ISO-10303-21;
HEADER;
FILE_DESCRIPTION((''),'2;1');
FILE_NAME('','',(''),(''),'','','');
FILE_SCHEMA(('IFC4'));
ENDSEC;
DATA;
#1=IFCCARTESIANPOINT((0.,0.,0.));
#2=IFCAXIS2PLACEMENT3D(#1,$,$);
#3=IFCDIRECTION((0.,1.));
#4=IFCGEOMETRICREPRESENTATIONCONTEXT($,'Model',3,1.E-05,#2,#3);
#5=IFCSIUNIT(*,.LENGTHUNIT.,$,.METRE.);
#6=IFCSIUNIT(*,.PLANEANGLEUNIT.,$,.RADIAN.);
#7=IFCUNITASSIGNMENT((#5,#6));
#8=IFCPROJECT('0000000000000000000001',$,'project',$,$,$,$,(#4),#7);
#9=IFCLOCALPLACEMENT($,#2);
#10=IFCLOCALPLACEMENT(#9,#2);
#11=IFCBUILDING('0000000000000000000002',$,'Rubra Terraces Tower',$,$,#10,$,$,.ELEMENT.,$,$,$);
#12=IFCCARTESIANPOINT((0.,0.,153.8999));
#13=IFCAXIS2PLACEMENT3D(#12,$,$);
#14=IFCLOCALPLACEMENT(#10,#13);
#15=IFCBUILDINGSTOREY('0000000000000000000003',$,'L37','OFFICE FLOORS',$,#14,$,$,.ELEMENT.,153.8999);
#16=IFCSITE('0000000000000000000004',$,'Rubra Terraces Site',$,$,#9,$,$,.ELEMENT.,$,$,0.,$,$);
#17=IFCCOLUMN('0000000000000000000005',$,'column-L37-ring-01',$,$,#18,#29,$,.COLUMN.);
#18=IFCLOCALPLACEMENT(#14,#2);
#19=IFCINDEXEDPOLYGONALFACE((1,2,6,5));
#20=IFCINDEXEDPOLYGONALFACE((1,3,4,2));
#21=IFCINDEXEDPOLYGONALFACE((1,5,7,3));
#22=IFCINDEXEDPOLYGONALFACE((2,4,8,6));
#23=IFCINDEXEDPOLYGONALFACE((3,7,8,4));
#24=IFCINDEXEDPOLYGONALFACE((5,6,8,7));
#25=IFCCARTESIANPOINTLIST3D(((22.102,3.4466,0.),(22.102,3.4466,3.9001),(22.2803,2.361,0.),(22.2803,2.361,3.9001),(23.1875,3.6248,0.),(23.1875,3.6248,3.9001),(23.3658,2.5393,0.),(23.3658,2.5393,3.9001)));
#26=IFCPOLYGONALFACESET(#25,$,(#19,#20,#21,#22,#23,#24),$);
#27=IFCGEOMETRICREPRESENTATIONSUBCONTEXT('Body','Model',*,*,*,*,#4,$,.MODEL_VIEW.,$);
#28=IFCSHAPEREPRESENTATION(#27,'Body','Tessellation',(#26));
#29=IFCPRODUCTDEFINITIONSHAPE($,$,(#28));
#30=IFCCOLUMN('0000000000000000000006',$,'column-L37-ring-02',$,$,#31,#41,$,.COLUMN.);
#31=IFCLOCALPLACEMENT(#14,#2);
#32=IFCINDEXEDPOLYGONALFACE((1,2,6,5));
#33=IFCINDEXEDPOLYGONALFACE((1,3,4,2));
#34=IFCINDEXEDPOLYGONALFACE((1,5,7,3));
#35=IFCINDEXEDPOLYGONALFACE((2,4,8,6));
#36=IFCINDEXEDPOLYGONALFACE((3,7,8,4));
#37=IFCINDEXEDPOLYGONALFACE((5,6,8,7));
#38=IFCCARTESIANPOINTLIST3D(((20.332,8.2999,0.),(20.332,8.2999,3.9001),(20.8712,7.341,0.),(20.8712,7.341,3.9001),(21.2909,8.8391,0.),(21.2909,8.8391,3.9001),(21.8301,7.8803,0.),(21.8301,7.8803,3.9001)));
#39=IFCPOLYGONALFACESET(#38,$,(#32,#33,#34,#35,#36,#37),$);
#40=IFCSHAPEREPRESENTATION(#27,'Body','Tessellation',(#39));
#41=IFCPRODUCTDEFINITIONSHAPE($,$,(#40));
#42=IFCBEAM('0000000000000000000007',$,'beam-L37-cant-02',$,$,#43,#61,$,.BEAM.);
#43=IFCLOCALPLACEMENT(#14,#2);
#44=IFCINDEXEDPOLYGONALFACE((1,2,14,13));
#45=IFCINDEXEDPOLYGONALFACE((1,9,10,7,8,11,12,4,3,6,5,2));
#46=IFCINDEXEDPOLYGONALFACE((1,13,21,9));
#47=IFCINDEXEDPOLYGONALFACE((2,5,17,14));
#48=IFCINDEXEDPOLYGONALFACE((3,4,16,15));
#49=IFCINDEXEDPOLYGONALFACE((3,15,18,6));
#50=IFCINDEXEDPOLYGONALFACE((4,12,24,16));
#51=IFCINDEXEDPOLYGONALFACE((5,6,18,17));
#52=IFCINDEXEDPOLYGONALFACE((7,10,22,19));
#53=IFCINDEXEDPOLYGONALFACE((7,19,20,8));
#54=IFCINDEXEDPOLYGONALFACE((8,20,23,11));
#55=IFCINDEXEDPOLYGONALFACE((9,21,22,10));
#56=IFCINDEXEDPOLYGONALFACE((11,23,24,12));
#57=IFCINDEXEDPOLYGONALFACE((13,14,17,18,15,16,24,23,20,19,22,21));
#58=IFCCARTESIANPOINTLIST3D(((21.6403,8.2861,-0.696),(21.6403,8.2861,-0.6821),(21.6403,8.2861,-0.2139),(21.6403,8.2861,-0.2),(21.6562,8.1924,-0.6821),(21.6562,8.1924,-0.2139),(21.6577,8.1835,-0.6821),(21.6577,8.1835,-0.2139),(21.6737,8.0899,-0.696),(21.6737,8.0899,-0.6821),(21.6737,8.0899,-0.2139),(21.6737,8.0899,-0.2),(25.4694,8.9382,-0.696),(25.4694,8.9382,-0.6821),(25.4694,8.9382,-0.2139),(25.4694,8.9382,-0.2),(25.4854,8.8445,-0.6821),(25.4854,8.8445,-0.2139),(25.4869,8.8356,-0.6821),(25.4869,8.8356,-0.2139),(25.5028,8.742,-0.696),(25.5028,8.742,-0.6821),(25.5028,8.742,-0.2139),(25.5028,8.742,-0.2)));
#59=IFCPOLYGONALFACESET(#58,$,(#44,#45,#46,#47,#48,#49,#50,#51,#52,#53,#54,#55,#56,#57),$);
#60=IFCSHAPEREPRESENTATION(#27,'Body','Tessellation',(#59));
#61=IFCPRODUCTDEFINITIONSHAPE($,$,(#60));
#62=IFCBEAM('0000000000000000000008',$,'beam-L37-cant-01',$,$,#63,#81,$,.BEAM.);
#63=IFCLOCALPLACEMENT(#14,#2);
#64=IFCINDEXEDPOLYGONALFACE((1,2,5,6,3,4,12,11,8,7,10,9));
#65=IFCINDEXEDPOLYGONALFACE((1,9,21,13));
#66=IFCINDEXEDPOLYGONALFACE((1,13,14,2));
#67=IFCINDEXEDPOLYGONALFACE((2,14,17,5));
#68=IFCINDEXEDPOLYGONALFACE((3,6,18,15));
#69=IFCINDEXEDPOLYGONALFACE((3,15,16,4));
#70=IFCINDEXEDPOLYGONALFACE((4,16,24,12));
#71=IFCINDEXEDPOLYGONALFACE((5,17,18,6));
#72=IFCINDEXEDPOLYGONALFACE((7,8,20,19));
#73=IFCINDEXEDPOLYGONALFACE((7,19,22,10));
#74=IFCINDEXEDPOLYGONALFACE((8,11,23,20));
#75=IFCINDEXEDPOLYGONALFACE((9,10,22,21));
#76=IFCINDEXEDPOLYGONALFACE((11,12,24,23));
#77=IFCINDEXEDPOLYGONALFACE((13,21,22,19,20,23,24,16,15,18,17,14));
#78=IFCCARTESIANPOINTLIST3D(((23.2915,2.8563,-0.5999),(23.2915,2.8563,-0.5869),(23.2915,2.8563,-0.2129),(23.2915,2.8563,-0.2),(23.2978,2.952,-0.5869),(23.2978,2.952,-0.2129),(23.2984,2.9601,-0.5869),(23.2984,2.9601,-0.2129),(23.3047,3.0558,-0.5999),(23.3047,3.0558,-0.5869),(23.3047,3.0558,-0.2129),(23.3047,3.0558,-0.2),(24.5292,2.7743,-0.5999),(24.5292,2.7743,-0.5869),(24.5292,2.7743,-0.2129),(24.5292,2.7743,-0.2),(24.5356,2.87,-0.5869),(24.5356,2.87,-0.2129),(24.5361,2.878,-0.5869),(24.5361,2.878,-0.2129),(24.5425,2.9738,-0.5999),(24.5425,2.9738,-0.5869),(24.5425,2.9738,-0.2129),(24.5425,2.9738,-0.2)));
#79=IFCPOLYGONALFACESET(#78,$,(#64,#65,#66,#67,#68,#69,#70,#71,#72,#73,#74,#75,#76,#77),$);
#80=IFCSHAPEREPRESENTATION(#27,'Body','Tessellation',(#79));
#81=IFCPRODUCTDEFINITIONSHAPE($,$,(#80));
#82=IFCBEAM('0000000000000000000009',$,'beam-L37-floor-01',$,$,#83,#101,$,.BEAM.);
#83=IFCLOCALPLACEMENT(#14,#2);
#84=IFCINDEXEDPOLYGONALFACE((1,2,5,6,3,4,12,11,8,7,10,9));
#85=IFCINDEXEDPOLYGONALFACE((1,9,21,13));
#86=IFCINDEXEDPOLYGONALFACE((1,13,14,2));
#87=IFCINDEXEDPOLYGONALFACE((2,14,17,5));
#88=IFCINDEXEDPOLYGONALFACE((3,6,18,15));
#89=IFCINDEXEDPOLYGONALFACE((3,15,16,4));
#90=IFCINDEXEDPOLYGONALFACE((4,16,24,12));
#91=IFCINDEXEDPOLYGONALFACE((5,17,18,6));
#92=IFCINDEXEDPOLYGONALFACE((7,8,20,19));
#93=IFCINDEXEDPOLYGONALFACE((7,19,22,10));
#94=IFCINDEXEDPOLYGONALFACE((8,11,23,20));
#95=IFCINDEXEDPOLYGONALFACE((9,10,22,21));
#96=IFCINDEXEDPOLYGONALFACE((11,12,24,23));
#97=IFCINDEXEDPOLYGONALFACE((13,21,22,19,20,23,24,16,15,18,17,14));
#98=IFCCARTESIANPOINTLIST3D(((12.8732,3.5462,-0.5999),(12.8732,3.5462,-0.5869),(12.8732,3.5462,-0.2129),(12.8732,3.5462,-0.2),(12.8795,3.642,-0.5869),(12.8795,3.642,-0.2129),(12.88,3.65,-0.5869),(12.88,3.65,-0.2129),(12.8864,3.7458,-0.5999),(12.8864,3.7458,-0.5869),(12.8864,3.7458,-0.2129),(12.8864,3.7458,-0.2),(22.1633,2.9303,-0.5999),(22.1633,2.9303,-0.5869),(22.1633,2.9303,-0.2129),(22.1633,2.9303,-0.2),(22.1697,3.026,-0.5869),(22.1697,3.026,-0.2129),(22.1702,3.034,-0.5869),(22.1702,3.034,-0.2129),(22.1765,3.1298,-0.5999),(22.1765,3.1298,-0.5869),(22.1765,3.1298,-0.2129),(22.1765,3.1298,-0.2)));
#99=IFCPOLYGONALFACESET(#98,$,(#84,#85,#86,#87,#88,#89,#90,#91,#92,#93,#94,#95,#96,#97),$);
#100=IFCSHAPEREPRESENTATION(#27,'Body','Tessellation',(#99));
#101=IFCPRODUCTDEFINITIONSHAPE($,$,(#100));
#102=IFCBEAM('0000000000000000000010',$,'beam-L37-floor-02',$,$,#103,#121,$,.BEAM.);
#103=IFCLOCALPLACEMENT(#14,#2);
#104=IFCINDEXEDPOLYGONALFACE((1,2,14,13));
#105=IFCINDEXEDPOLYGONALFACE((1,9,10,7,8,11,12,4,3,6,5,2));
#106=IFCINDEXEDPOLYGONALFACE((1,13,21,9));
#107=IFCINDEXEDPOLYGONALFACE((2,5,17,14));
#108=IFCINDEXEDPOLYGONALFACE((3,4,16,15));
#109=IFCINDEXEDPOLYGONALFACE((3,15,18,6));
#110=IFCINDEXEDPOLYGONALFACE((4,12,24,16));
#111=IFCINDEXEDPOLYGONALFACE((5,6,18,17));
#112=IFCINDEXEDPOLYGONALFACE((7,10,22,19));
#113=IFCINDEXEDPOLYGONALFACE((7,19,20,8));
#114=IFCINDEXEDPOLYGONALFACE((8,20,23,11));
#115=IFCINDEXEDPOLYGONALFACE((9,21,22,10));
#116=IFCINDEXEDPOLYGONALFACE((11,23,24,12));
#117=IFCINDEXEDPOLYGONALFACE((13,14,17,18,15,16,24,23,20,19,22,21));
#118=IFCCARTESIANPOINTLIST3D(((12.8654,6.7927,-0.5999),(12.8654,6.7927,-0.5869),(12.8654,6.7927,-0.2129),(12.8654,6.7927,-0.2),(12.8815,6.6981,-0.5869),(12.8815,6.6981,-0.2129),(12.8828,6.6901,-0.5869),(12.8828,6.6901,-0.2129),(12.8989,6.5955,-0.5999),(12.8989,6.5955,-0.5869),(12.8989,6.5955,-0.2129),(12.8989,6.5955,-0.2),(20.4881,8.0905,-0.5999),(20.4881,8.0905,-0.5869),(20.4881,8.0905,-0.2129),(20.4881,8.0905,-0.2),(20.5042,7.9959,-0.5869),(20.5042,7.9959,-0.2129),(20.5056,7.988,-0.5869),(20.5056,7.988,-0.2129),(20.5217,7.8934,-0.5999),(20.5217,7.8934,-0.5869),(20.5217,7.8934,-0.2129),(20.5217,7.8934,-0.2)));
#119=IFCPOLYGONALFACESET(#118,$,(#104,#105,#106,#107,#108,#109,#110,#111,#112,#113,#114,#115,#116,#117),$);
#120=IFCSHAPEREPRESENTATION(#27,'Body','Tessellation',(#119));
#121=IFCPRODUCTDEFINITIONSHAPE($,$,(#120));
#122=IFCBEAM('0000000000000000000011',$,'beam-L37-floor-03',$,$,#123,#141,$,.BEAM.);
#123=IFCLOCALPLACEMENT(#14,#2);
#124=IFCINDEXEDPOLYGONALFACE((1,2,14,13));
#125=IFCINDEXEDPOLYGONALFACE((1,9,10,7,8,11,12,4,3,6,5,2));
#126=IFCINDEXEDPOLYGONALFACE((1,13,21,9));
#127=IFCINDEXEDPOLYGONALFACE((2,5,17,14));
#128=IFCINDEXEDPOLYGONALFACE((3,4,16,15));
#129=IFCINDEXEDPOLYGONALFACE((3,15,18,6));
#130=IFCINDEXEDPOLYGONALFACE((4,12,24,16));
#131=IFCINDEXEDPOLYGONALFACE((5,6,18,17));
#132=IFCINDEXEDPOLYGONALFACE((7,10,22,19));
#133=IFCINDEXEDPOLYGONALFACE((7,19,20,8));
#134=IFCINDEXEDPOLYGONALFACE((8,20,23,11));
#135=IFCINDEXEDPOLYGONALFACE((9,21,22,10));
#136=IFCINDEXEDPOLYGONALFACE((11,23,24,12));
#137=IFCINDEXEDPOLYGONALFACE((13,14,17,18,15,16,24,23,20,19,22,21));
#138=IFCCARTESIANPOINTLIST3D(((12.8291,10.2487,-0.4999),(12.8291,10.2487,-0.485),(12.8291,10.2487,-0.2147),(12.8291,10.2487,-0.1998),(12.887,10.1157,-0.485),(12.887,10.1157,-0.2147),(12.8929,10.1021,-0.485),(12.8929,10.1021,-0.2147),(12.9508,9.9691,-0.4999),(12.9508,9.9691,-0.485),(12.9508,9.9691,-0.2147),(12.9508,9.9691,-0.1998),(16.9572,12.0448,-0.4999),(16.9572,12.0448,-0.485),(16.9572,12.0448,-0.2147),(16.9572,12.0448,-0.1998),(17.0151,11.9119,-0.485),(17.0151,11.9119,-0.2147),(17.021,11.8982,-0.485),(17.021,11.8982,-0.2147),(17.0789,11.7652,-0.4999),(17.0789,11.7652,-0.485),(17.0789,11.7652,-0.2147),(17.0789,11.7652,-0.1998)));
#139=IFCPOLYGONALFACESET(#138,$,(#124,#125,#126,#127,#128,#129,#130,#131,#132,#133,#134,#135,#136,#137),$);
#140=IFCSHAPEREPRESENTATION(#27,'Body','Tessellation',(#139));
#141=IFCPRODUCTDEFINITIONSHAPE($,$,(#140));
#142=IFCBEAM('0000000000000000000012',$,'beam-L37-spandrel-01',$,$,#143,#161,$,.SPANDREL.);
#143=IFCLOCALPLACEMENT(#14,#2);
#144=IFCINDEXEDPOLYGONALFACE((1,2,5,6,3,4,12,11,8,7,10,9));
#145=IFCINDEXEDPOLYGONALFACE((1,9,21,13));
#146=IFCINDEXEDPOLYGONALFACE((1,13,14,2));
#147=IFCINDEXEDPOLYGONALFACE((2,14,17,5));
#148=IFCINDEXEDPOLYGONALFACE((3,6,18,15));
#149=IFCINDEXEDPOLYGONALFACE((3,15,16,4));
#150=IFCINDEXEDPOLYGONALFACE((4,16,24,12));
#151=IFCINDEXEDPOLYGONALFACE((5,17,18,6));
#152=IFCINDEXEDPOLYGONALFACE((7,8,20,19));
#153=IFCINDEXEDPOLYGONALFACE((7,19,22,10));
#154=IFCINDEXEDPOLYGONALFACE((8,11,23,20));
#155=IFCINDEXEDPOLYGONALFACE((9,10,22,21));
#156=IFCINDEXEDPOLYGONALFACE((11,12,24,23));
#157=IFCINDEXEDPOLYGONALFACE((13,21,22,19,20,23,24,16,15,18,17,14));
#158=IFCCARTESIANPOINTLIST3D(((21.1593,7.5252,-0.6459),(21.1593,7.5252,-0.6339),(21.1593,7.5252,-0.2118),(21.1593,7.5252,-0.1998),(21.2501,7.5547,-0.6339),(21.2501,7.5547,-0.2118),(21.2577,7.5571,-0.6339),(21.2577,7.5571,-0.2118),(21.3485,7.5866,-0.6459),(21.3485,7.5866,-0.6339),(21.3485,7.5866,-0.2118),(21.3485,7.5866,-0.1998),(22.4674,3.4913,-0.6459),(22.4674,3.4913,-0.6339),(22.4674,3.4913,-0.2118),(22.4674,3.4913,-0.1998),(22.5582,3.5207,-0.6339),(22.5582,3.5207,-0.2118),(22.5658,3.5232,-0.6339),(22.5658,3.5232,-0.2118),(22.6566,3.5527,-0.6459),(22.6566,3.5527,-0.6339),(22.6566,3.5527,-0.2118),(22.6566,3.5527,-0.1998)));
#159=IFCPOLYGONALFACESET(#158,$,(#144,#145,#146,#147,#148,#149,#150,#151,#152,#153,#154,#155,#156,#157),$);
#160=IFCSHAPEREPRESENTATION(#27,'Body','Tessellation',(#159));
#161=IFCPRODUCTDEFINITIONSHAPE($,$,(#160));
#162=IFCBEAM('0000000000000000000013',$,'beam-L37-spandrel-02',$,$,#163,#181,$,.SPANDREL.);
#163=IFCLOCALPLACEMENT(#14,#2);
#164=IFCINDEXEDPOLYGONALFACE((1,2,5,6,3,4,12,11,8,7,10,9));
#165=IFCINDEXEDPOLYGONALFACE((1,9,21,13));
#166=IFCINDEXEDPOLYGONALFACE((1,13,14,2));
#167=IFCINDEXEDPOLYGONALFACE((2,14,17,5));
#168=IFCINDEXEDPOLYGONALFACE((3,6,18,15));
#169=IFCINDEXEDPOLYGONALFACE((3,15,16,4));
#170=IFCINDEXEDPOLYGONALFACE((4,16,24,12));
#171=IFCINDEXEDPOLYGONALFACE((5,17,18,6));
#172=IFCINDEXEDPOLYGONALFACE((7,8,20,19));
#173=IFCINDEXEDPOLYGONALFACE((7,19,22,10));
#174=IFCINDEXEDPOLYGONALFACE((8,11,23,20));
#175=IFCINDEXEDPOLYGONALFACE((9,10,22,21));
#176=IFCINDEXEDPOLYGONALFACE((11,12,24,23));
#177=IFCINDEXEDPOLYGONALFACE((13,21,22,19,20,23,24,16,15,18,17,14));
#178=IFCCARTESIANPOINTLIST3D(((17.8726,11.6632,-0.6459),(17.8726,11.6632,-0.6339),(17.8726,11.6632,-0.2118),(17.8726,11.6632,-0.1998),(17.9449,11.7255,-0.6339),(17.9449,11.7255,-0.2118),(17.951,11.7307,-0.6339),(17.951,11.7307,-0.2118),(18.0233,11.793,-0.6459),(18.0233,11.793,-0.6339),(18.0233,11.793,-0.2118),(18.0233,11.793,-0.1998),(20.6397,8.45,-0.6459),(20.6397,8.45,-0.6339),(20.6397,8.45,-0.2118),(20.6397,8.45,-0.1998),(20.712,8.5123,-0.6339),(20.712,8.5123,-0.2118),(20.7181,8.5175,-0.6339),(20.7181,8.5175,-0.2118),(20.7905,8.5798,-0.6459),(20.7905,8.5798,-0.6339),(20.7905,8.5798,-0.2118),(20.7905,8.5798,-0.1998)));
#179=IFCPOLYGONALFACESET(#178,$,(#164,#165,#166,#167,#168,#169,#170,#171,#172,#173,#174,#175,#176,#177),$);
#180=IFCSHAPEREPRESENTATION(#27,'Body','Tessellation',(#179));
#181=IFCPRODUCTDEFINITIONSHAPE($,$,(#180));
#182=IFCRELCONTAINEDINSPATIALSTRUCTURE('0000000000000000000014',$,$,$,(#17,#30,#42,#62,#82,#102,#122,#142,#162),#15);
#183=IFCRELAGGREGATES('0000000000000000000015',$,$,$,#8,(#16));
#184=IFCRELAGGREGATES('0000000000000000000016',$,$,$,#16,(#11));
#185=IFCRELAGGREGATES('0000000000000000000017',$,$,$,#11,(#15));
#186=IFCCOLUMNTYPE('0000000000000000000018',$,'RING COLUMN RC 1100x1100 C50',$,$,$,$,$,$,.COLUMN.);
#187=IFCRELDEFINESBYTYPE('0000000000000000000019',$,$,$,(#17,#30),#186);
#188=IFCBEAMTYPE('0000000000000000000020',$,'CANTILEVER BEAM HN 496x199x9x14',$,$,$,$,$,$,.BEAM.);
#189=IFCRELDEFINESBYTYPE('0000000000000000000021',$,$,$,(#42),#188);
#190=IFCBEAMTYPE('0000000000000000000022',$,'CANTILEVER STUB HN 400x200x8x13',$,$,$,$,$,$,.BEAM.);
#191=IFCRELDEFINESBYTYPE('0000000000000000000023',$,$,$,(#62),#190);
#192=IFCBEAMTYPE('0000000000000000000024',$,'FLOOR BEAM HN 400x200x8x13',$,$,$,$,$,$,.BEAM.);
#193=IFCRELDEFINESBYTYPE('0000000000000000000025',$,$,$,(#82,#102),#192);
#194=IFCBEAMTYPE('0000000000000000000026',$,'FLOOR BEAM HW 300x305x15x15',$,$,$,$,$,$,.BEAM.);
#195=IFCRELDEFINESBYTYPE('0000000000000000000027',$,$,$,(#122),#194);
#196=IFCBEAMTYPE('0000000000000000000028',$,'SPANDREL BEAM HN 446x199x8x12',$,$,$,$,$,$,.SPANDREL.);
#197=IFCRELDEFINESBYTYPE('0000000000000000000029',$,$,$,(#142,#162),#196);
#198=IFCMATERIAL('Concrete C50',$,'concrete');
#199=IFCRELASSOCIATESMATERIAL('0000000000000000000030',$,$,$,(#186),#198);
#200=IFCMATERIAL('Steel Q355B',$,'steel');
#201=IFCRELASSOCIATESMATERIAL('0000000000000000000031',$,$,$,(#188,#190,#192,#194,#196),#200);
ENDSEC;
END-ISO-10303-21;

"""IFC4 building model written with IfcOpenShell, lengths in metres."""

from ifc_helpers import new_model, si_unit, direction, frame, origin, origin_2d, place, context, subcontext, project, spatial, rectangle, i_section, extrude, material, material_profile, profile_set, type_object, element, save


model = new_model("IFC4")

# Units and contexts
model_context = context("Model", 3, precision=1e-05, world=origin(), true_north=direction((0.0, 1.0)))
body_context = subcontext(model_context, "Body", "Model", "MODEL_VIEW")
ifc_project = project(units=[si_unit("LENGTHUNIT", "METRE"), si_unit("PLANEANGLEUNIT", "RADIAN")], contexts=[model_context])

# Site, building, storey
site_placement = place(None, origin())
site = spatial("IfcSite", under=ifc_project, at=site_placement, Name="Rubra Terraces Site", CompositionType="ELEMENT", RefElevation=0.0)
building_placement = place(site_placement, origin())
building = spatial("IfcBuilding", under=site, at=building_placement, Name="Rubra Terraces Tower", CompositionType="ELEMENT")
storey_placement = place(building_placement, frame((0.0, 0.0, 153.8999)))
storey = spatial("IfcBuildingStorey", under=building, at=storey_placement, Name="L37", Description="OFFICE FLOORS", CompositionType="ELEMENT", Elevation=153.8999)

# Columns
ifc_material_1 = material(Name="Concrete C50", Category="concrete")
ifc_material_profile_1 = material_profile(ifc_material_1, rectangle(XDim=1.1001, YDim=1.1001, at=origin_2d()), Name="RC 1100x1100")
ifc_profile_set_1 = profile_set([ifc_material_profile_1], Name="Concrete C50")
column_type = type_object("IfcColumnType", Name="RING COLUMN RC 1100x1100 C50", PredefinedType="COLUMN", material=ifc_profile_set_1)
for number, where, z_axis, x_axis, name in (
    (1, (22.7339, 2.9929, 0.0), (0.0, 0.0, 1.0), (-0.162062, 0.986781, 0.0), "column-L37-ring-01"),
    (2, (21.0811, 8.0901, 0.0), (0.0, 0.0, 1.0), (-0.490162, 0.871631, 0.0), "column-L37-ring-02"),
):
    element("IfcColumn", number, at=place(storey_placement, frame(where, z_axis=z_axis, x_axis=x_axis)), inside=storey, type_object=column_type, Name=name, PredefinedType="COLUMN", context=body_context, shape_type="SweptSolid", body=[
        extrude(rectangle(XDim=1.1001, YDim=1.1001, at=origin_2d()), origin(), (0.0, 0.0, 1.0), 3.9001),
    ])

# Beams
ifc_material_2 = material(Name="Steel Q355B", Category="steel")
ifc_material_profile_2 = material_profile(ifc_material_2, i_section(OverallWidth=0.199, OverallDepth=0.4961, WebThickness=0.009, FlangeThickness=0.0139, at=origin_2d()), Name="HN 496x199x9x14")
ifc_profile_set_2 = profile_set([ifc_material_profile_2], Name="Steel Q355B")
beam_type_1 = type_object("IfcBeamType", Name="CANTILEVER BEAM HN 496x199x9x14", PredefinedType="BEAM", material=ifc_profile_set_2)
beam_1_placement = place(storey_placement, frame((21.657, 8.188, -0.448), z_axis=(0.985807, 0.167884, 0.0), x_axis=(-0.167884, 0.985807, 0.0)))
element("IfcBeam", 3, at=beam_1_placement, inside=storey, type_object=beam_type_1, Name="beam-L37-cant-02", PredefinedType="BEAM", context=body_context, shape_type="SweptSolid", body=[
    extrude(i_section(OverallWidth=0.199, OverallDepth=0.4961, WebThickness=0.009, FlangeThickness=0.0139, at=origin_2d()), origin(), (0.0, 0.0, 1.0), 3.8843),
])
ifc_material_profile_3 = material_profile(ifc_material_2, i_section(OverallWidth=0.2, OverallDepth=0.3999, WebThickness=0.0081, FlangeThickness=0.0129, at=origin_2d()), Name="HN 400x200x8x13")
ifc_profile_set_3 = profile_set([ifc_material_profile_3], Name="Steel Q355B")
beam_type_2 = type_object("IfcBeamType", Name="CANTILEVER STUB HN 400x200x8x13", PredefinedType="BEAM", material=ifc_profile_set_3)
beam_2_placement = place(storey_placement, frame((23.2981, 2.9561, -0.3999), z_axis=(0.997811, -0.066127, 0.0), x_axis=(0.066127, 0.997811, 0.0)))
element("IfcBeam", 4, at=beam_2_placement, inside=storey, type_object=beam_type_2, Name="beam-L37-cant-01", PredefinedType="BEAM", context=body_context, shape_type="SweptSolid", body=[
    extrude(i_section(OverallWidth=0.2, OverallDepth=0.3999, WebThickness=0.0081, FlangeThickness=0.0129, at=origin_2d()), origin(), (0.0, 0.0, 1.0), 1.2405),
])
ifc_material_profile_4 = material_profile(ifc_material_2, i_section(OverallWidth=0.2, OverallDepth=0.3999, WebThickness=0.0081, FlangeThickness=0.0129, at=origin_2d()), Name="HN 400x200x8x13")
ifc_profile_set_4 = profile_set([ifc_material_profile_4], Name="Steel Q355B")
beam_type_3 = type_object("IfcBeamType", Name="FLOOR BEAM HN 400x200x8x13", PredefinedType="BEAM", material=ifc_profile_set_4)
beam_3_placement = place(storey_placement, frame((22.1699, 3.03, -0.3999), z_axis=(-0.997809, 0.066159, 0.0), x_axis=(-0.066159, -0.997809, 0.0)))
element("IfcBeam", 5, at=beam_3_placement, inside=storey, type_object=beam_type_3, Name="beam-L37-floor-01", PredefinedType="BEAM", context=body_context, shape_type="SweptSolid", body=[
    extrude(i_section(OverallWidth=0.2, OverallDepth=0.3999, WebThickness=0.0081, FlangeThickness=0.0129, at=origin_2d()), origin(), (0.0, 0.0, 1.0), 9.3105),
])
beam_4_placement = place(storey_placement, frame((20.5049, 7.9919, -0.3999), z_axis=(-0.985814, -0.167844, 0.0), x_axis=(0.167844, -0.985814, 0.0)))
element("IfcBeam", 6, at=beam_4_placement, inside=storey, type_object=beam_type_3, Name="beam-L37-floor-02", PredefinedType="BEAM", context=body_context, shape_type="SweptSolid", body=[
    extrude(i_section(OverallWidth=0.2, OverallDepth=0.3999, WebThickness=0.0081, FlangeThickness=0.0129, at=origin_2d()), origin(), (0.0, 0.0, 1.0), 7.7324),
])
ifc_material_profile_5 = material_profile(ifc_material_2, i_section(OverallWidth=0.3049, OverallDepth=0.3, WebThickness=0.0149, FlangeThickness=0.0149, at=origin_2d()), Name="HW 300x305x15x15")
ifc_profile_set_5 = profile_set([ifc_material_profile_5], Name="Steel Q355B")
beam_type_4 = type_object("IfcBeamType", Name="FLOOR BEAM HW 300x305x15x15", PredefinedType="BEAM", material=ifc_profile_set_5)
beam_5_placement = place(storey_placement, frame((17.0181, 11.905, -0.3499), z_axis=(-0.916966, -0.398966, 0.0), x_axis=(0.398966, -0.916966, 0.0)))
element("IfcBeam", 7, at=beam_5_placement, inside=storey, type_object=beam_type_4, Name="beam-L37-floor-03", PredefinedType="BEAM", context=body_context, shape_type="SweptSolid", body=[
    extrude(i_section(OverallWidth=0.3049, OverallDepth=0.3, WebThickness=0.0149, FlangeThickness=0.0149, at=origin_2d()), origin(), (0.0, 0.0, 1.0), 4.502),
])
ifc_material_profile_6 = material_profile(ifc_material_2, i_section(OverallWidth=0.199, OverallDepth=0.446, WebThickness=0.0081, FlangeThickness=0.012, at=origin_2d()), Name="HN 446x199x8x12")
ifc_profile_set_6 = profile_set([ifc_material_profile_6], Name="Steel Q355B")
beam_type_5 = type_object("IfcBeamType", Name="SPANDREL BEAM HN 446x199x8x12", PredefinedType="SPANDREL", material=ifc_profile_set_6)
beam_6_placement = place(storey_placement, frame((22.562, 3.522, -0.4229), z_axis=(-0.308462, 0.951237, 0.0), x_axis=(-0.951237, -0.308462, 0.0)))
element("IfcBeam", 8, at=beam_6_placement, inside=storey, type_object=beam_type_5, Name="beam-L37-spandrel-01", PredefinedType="SPANDREL", context=body_context, shape_type="SweptSolid", body=[
    extrude(i_section(OverallWidth=0.199, OverallDepth=0.446, WebThickness=0.0081, FlangeThickness=0.012, at=origin_2d()), origin(), (0.0, 0.0, 1.0), 4.2407),
])
beam_7_placement = place(storey_placement, frame((20.7151, 8.5149, -0.4229), z_axis=(-0.652553, 0.757743, 0.0), x_axis=(-0.757743, -0.652553, 0.0)))
element("IfcBeam", 9, at=beam_7_placement, inside=storey, type_object=beam_type_5, Name="beam-L37-spandrel-02", PredefinedType="SPANDREL", context=body_context, shape_type="SweptSolid", body=[
    extrude(i_section(OverallWidth=0.199, OverallDepth=0.446, WebThickness=0.0081, FlangeThickness=0.012, at=origin_2d()), origin(), (0.0, 0.0, 1.0), 4.2405),
])

save(model, "model.ifc")
